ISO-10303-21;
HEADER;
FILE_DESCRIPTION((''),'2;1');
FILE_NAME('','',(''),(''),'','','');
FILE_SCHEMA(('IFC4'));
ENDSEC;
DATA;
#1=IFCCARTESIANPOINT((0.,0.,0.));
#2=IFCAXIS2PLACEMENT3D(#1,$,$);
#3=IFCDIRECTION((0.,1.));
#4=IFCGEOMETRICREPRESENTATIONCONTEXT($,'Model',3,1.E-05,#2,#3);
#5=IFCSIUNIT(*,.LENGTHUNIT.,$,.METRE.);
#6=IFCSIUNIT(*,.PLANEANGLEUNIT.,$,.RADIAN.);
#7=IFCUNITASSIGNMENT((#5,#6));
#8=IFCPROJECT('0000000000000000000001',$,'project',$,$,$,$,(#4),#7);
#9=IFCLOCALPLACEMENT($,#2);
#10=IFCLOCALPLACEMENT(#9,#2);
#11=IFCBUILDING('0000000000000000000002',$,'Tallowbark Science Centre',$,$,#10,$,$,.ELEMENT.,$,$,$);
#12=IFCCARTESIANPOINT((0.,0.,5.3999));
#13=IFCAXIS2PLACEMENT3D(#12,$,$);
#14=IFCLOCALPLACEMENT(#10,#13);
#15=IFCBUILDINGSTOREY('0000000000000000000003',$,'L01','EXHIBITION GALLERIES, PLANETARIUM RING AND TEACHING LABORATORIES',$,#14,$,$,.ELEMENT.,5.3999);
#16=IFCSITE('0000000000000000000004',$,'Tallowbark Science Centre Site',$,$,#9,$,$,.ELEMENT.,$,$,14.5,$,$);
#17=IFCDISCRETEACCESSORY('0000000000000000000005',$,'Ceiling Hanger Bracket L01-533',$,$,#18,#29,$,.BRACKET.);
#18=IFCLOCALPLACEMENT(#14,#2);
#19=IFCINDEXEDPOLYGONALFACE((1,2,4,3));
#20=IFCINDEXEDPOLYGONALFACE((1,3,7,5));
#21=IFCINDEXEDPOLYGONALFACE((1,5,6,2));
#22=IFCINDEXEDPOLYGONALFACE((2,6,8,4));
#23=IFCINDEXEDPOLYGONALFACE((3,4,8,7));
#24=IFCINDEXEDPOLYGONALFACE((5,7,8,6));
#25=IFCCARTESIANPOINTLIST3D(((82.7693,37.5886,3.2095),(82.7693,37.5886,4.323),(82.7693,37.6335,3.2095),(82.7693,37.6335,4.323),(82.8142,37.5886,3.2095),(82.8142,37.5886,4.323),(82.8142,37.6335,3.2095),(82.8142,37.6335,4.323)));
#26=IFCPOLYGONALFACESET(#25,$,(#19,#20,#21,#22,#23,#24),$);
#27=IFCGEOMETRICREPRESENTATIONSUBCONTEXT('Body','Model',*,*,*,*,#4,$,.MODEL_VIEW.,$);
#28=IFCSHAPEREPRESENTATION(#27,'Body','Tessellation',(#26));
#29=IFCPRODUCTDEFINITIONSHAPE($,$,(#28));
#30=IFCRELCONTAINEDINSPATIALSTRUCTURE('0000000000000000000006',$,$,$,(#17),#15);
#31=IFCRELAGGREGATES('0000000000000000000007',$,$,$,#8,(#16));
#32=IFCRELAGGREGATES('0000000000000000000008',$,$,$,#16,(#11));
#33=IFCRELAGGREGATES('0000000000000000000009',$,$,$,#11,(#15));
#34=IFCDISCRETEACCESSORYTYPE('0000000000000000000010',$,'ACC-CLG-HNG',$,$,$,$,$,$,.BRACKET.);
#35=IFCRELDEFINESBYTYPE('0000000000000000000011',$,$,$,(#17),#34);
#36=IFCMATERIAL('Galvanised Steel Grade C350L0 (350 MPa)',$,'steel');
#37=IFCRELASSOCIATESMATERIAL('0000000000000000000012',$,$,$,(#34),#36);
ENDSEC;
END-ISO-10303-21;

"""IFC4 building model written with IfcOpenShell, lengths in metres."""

from ifc_helpers import new_model, si_unit, direction, frame, origin, origin_2d, place, context, subcontext, project, spatial, rectangle, extrude, material, type_object, element, save


model = new_model("IFC4")

# Units and contexts
model_context = context("Model", 3, precision=1e-05, world=origin(), true_north=direction((0.0, 1.0)))
body_context = subcontext(model_context, "Body", "Model", "MODEL_VIEW")
ifc_project = project(units=[si_unit("LENGTHUNIT", "METRE"), si_unit("PLANEANGLEUNIT", "RADIAN")], contexts=[model_context])

# Site, building, storey
site_placement = place(None, origin())
site = spatial("IfcSite", under=ifc_project, at=site_placement, Name="Tallowbark Science Centre Site", CompositionType="ELEMENT", RefElevation=14.5)
building_placement = place(site_placement, origin())
building = spatial("IfcBuilding", under=site, at=building_placement, Name="Tallowbark Science Centre", CompositionType="ELEMENT")
storey_placement = place(building_placement, frame((0.0, 0.0, 5.3999)))
storey = spatial("IfcBuildingStorey", under=building, at=storey_placement, Name="L01", Description="EXHIBITION GALLERIES, PLANETARIUM RING AND TEACHING LABORATORIES", CompositionType="ELEMENT", Elevation=5.3999)

# Discrete accessory
ifc_material_1 = material(Name="Galvanised Steel Grade C350L0 (350 MPa)", Category="steel")
discrete_accessory_type = type_object("IfcDiscreteAccessoryType", Name="ACC-CLG-HNG", PredefinedType="BRACKET", material=ifc_material_1)
for number, where, z_axis, x_axis, name in (
    (1, (82.7917, 37.6111, 3.2095), (0.0, 0.0, 1.0), (1.0, 0.0, 0.0), "Ceiling Hanger Bracket L01-533"),
):
    element("IfcDiscreteAccessory", number, at=place(storey_placement, frame(where, z_axis=z_axis, x_axis=x_axis)), inside=storey, type_object=discrete_accessory_type, Name=name, PredefinedType="BRACKET", context=body_context, shape_type="SweptSolid", body=[
        extrude(rectangle(XDim=0.0449, YDim=0.0449, at=origin_2d()), origin(), (0.0, 0.0, 1.0), 1.1135),
    ])

save(model, "model.ifc")
